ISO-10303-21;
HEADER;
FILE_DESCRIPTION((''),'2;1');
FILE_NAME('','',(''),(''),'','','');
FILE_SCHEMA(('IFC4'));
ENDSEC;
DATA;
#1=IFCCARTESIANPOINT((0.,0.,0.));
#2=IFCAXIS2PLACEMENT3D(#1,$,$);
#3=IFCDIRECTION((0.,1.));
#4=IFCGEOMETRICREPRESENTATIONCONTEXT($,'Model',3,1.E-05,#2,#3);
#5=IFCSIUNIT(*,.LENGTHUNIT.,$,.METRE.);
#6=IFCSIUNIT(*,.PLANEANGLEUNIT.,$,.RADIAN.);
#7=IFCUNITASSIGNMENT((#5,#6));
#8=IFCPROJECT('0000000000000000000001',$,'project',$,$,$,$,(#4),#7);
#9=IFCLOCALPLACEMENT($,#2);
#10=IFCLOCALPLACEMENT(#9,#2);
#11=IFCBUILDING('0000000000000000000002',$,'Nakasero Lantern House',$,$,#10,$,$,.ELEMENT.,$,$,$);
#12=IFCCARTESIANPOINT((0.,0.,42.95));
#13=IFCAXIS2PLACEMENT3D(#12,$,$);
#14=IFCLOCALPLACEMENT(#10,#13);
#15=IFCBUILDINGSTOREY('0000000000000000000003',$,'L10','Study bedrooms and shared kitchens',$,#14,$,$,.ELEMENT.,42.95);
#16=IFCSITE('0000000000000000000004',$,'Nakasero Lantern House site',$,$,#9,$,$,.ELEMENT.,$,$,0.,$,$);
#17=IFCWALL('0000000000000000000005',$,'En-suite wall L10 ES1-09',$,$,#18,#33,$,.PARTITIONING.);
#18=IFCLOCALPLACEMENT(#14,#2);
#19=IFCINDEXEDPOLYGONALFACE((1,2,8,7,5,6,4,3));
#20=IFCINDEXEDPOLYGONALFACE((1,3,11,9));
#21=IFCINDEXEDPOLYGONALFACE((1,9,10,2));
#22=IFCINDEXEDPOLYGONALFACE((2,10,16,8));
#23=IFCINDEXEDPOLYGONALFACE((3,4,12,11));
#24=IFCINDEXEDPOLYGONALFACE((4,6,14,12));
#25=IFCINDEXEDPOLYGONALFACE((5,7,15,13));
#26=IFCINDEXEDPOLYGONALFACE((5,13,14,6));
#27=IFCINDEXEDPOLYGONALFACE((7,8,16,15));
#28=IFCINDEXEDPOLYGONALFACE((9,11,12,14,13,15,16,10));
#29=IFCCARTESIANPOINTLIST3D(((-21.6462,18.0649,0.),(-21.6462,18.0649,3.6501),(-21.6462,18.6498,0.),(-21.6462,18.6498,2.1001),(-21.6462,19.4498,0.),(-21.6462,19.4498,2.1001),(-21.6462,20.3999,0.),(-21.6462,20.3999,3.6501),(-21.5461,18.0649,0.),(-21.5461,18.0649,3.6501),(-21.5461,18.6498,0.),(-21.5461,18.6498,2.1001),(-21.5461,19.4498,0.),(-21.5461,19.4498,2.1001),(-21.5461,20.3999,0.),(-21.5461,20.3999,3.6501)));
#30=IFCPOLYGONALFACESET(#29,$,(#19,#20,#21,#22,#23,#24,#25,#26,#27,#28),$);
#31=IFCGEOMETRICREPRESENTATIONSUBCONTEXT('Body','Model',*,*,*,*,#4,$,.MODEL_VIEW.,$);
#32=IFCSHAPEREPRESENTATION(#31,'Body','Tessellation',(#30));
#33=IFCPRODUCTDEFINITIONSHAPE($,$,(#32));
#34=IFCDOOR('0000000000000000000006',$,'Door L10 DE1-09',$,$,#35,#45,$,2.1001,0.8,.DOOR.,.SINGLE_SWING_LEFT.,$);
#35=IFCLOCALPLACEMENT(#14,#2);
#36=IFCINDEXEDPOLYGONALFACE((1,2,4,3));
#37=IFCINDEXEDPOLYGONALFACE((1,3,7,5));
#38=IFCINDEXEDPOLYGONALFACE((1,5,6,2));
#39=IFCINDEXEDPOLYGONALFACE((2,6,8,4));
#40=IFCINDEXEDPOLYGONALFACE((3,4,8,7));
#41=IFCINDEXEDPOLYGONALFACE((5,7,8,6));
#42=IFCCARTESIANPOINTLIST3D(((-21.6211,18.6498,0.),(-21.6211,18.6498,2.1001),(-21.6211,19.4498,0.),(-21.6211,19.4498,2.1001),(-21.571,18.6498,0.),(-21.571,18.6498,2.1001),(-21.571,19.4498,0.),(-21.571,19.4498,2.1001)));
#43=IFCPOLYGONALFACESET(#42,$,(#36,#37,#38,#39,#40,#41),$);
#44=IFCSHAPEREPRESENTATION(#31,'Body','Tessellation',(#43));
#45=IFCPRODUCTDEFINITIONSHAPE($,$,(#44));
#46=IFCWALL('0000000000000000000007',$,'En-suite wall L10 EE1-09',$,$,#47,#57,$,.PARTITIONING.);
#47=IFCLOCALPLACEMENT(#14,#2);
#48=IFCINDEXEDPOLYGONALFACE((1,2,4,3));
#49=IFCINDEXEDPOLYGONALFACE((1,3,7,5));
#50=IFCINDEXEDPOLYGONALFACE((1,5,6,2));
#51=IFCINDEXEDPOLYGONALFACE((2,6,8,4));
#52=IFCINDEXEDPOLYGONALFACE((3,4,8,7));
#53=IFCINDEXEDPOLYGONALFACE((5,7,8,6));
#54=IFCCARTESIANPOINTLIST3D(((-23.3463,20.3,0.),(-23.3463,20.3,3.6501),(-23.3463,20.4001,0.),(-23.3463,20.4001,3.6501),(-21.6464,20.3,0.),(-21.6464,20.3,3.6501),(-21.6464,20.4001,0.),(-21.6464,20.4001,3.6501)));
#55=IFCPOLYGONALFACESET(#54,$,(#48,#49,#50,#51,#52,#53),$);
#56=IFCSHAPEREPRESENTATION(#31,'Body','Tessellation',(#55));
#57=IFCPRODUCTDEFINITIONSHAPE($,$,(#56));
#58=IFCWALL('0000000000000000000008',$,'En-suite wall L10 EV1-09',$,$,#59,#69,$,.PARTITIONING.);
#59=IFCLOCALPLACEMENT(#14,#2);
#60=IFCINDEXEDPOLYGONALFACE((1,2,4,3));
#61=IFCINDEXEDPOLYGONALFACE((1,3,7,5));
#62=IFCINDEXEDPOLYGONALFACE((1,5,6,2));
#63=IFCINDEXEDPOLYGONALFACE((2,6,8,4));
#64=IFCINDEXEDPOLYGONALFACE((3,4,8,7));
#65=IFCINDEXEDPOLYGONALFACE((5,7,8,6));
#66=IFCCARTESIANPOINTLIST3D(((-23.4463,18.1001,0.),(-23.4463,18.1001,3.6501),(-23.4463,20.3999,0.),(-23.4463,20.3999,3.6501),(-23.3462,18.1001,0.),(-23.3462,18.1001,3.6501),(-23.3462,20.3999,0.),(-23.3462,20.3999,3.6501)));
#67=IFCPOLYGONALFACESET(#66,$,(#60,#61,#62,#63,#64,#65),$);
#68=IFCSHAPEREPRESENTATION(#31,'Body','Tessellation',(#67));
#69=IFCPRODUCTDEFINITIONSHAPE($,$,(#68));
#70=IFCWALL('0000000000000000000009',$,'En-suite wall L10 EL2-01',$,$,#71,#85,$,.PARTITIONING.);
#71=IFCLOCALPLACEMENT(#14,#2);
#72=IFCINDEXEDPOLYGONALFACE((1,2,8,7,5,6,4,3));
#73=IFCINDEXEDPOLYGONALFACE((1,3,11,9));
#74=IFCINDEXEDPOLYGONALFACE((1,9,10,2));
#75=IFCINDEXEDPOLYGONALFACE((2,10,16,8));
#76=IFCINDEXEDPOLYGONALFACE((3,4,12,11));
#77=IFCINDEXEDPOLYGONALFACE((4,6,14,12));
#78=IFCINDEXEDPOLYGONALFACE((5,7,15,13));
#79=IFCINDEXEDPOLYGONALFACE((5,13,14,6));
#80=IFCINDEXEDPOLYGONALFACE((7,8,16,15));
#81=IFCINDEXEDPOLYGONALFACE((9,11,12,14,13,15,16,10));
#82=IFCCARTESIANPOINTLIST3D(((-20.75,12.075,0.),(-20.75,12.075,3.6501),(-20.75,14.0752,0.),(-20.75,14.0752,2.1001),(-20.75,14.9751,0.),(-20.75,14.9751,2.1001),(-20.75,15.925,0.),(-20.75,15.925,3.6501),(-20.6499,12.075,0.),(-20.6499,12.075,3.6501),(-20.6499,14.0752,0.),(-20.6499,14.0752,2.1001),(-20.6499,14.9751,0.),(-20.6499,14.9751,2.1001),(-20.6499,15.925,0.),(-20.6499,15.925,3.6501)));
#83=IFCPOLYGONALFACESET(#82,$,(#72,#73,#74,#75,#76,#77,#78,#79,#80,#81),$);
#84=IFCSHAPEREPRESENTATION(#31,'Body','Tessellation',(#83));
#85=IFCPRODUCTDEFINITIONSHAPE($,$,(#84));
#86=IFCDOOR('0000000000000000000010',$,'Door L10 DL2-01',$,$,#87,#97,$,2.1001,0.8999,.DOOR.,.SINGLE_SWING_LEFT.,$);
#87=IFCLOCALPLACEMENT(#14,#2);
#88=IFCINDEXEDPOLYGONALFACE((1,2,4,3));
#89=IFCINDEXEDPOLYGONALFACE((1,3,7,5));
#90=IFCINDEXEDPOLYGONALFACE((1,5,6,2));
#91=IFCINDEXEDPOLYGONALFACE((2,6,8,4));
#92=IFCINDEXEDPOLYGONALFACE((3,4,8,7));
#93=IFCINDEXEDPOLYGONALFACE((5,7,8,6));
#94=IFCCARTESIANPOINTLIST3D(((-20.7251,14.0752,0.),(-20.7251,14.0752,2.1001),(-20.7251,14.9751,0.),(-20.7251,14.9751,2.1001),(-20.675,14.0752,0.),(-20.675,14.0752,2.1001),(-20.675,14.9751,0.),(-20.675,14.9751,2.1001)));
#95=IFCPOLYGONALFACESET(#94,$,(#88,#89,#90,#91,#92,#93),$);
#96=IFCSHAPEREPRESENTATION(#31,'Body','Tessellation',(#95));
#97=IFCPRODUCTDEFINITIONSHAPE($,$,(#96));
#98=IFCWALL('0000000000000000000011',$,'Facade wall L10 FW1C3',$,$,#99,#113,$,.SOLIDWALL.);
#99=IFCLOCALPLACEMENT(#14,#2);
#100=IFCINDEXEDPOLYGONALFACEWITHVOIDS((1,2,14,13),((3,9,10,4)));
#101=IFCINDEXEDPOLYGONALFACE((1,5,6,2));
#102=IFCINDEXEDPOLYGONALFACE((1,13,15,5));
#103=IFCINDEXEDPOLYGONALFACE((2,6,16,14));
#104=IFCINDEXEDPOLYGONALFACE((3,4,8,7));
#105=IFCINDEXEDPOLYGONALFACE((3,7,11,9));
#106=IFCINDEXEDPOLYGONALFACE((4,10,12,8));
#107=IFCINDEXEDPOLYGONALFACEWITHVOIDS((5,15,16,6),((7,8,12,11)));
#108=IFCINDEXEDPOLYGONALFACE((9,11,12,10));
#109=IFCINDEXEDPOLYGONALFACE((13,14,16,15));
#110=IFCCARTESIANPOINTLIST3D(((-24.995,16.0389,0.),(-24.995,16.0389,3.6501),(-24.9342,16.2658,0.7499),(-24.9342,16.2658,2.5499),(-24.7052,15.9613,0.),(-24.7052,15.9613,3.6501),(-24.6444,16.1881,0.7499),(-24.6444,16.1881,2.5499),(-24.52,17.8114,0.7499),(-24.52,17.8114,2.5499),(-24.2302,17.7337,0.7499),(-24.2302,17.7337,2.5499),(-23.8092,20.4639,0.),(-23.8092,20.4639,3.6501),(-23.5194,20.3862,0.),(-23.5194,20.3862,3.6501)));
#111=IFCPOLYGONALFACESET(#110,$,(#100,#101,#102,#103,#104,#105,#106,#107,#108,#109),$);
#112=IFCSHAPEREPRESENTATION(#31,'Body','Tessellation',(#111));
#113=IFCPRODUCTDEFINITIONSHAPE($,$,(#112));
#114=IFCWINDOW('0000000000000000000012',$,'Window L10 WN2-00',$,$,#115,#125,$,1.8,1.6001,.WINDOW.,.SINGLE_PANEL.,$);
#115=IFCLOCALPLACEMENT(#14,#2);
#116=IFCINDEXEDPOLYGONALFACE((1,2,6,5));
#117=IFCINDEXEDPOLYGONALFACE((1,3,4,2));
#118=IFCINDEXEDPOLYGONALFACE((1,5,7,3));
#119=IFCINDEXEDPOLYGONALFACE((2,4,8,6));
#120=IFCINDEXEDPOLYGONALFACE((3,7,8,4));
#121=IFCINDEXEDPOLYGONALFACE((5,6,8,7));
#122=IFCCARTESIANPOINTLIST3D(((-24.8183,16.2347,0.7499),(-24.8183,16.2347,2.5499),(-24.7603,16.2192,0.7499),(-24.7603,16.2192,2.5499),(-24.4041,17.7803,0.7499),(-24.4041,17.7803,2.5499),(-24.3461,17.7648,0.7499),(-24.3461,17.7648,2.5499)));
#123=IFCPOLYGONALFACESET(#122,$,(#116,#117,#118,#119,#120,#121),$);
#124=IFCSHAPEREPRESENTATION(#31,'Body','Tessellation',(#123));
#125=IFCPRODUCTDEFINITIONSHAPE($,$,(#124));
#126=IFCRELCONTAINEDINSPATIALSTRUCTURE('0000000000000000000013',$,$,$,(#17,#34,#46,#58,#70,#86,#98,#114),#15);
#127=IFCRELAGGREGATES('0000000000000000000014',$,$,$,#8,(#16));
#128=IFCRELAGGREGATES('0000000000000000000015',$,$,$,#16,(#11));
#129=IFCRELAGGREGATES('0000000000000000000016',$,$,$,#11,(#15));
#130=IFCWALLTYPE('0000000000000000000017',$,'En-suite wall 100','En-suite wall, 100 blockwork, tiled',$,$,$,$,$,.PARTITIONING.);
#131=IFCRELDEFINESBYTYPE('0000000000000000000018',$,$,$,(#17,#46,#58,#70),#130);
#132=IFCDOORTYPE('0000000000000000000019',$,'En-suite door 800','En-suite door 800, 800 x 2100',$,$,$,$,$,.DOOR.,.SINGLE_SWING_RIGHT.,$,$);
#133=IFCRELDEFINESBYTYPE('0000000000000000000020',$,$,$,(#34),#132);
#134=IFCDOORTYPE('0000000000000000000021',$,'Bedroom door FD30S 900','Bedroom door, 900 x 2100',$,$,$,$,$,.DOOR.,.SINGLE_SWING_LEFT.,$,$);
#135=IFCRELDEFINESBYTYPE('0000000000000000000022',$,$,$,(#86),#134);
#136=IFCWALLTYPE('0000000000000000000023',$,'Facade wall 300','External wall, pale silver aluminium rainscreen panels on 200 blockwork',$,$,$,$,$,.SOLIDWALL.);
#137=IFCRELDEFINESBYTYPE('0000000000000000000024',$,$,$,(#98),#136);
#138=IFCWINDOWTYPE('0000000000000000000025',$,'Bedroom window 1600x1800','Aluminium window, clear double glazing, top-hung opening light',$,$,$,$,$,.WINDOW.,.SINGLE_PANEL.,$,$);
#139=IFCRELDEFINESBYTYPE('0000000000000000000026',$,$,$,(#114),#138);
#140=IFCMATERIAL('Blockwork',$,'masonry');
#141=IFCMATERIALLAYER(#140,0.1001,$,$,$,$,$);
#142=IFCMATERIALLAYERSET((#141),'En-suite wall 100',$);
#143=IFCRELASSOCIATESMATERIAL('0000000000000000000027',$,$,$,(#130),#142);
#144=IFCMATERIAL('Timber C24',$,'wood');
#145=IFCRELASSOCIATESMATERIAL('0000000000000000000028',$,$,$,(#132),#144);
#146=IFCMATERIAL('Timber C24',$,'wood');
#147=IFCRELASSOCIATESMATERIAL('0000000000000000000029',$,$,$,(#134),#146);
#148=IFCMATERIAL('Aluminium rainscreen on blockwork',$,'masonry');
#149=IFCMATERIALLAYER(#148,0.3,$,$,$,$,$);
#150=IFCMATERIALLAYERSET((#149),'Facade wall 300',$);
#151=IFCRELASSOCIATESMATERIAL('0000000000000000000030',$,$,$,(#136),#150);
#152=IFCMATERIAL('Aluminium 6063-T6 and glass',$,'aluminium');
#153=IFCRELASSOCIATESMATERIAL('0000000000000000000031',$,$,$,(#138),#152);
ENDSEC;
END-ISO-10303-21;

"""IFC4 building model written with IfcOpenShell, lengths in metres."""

from ifc_helpers import new_model, si_unit, direction, frame, frame_2d, origin, place, context, subcontext, project, spatial, rectangle, extrude, material, layer, layer_set, type_object, element, fill, save


model = new_model("IFC4")

# Units and contexts
model_context = context("Model", 3, precision=1e-05, world=origin(), true_north=direction((0.0, 1.0)))
body_context = subcontext(model_context, "Body", "Model", "MODEL_VIEW")
ifc_project = project(units=[si_unit("LENGTHUNIT", "METRE"), si_unit("PLANEANGLEUNIT", "RADIAN")], contexts=[model_context])

# Site, building, storey
site_placement = place(None, origin())
site = spatial("IfcSite", under=ifc_project, at=site_placement, Name="Nakasero Lantern House site", CompositionType="ELEMENT", RefElevation=0.0)
building_placement = place(site_placement, origin())
building = spatial("IfcBuilding", under=site, at=building_placement, Name="Nakasero Lantern House", CompositionType="ELEMENT")
storey_placement = place(building_placement, frame((0.0, 0.0, 42.95)))
storey = spatial("IfcBuildingStorey", under=building, at=storey_placement, Name="L10", Description="Study bedrooms and shared kitchens", CompositionType="ELEMENT", Elevation=42.95)

# Wall, opening, door
ifc_material_1 = material(Name="Blockwork", Category="masonry")
ifc_layer_1 = layer(ifc_material_1, 0.1001)
ifc_layer_set_1 = layer_set([ifc_layer_1], Name="En-suite wall 100")
wall_type_1 = type_object("IfcWallType", Name="En-suite wall 100", Description="En-suite wall, 100 blockwork, tiled", PredefinedType="PARTITIONING", material=ifc_layer_set_1)
wall_1_placement = place(storey_placement, frame((-21.5962, 18.0649, 0.0), z_axis=(0.0, 0.0, 1.0), x_axis=(0.0, 1.0, 0.0)))
wall_1 = element("IfcWall", 1, at=wall_1_placement, inside=storey, type_object=wall_type_1, Name="En-suite wall L10 ES1-09", PredefinedType="PARTITIONING", context=body_context, shape_type="SweptSolid", body=[
    extrude(rectangle(XDim=2.335, YDim=0.1001, at=frame_2d((1.1675, 0.0))), origin(), (0.0, 0.0, 1.0), 3.6501),
])
opening_1_placement = place(wall_1_placement, frame((0.585, 0.0, 0.0)))
opening_1 = element("IfcOpeningElement", 2, at=opening_1_placement, cuts=wall_1, PredefinedType="OPENING", context=body_context, shape_type="SweptSolid", body=[
    extrude(rectangle(XDim=0.8, YDim=2.1001, at=frame_2d((0.3999, 1.05))), frame((0.0, 0.0701, 0.0), z_axis=(0.0, -1.0, 0.0), x_axis=(1.0, 0.0, 0.0)), (0.0, 0.0, 1.0), 0.1401),
])
ifc_material_2 = material(Name="Timber C24", Category="wood")
door_type_1 = type_object("IfcDoorType", Name="En-suite door 800", Description="En-suite door 800, 800 x 2100", OperationType="SINGLE_SWING_RIGHT", PredefinedType="DOOR", material=ifc_material_2)
door_1_placement = place(opening_1_placement, origin())
door_1 = element("IfcDoor", 3, at=door_1_placement, inside=storey, type_object=door_type_1, Name="Door L10 DE1-09", OperationType="SINGLE_SWING_LEFT", OverallHeight=2.1001, OverallWidth=0.8, PredefinedType="DOOR", context=body_context, shape_type="SweptSolid", body=[
    extrude(rectangle(XDim=0.8, YDim=2.1001, at=frame_2d((0.3999, 1.05))), frame((0.0, 0.0249, 0.0), z_axis=(0.0, -1.0, 0.0), x_axis=(1.0, 0.0, 0.0)), (0.0, 0.0, 1.0), 0.05),
])
fill(opening_1, door_1)

# Walls
wall_2_placement = place(storey_placement, frame((-21.6462, 20.3501, 0.0), z_axis=(0.0, 0.0, 1.0), x_axis=(-1.0, 0.0, 0.0)))
element("IfcWall", 4, at=wall_2_placement, inside=storey, type_object=wall_type_1, Name="En-suite wall L10 EE1-09", PredefinedType="PARTITIONING", context=body_context, shape_type="SweptSolid", body=[
    extrude(rectangle(XDim=1.7, YDim=0.1001, at=frame_2d((0.8501, 0.0))), origin(), (0.0, 0.0, 1.0), 3.6501),
])
wall_3_placement = place(storey_placement, frame((-23.3962, 18.1001, 0.0), z_axis=(0.0, 0.0, 1.0), x_axis=(0.0, 1.0, 0.0)))
element("IfcWall", 5, at=wall_3_placement, inside=storey, type_object=wall_type_1, Name="En-suite wall L10 EV1-09", PredefinedType="PARTITIONING", context=body_context, shape_type="SweptSolid", body=[
    extrude(rectangle(XDim=2.2998, YDim=0.1001, at=frame_2d((1.1499, 0.0))), origin(), (0.0, 0.0, 1.0), 3.6501),
])

# Wall, opening, door
wall_4_placement = place(storey_placement, frame((-20.7, 15.925, 0.0), z_axis=(0.0, 0.0, 1.0), x_axis=(0.0, -1.0, 0.0)))
wall_4 = element("IfcWall", 6, at=wall_4_placement, inside=storey, type_object=wall_type_1, Name="En-suite wall L10 EL2-01", PredefinedType="PARTITIONING", context=body_context, shape_type="SweptSolid", body=[
    extrude(rectangle(XDim=3.8501, YDim=0.1001, at=frame_2d((1.925, 0.0))), origin(), (0.0, 0.0, 1.0), 3.6501),
])
opening_2_placement = place(wall_4_placement, frame((0.95, 0.0, 0.0)))
opening_2 = element("IfcOpeningElement", 7, at=opening_2_placement, cuts=wall_4, PredefinedType="OPENING", context=body_context, shape_type="SweptSolid", body=[
    extrude(rectangle(XDim=0.8999, YDim=2.1001, at=frame_2d((0.45, 1.05))), frame((0.0, 0.0701, 0.0), z_axis=(0.0, -1.0, 0.0), x_axis=(1.0, 0.0, 0.0)), (0.0, 0.0, 1.0), 0.1401),
])
ifc_material_3 = material(Name="Timber C24", Category="wood")
door_type_2 = type_object("IfcDoorType", Name="Bedroom door FD30S 900", Description="Bedroom door, 900 x 2100", OperationType="SINGLE_SWING_LEFT", PredefinedType="DOOR", material=ifc_material_3)
door_2_placement = place(opening_2_placement, origin())
door_2 = element("IfcDoor", 8, at=door_2_placement, inside=storey, type_object=door_type_2, Name="Door L10 DL2-01", OperationType="SINGLE_SWING_LEFT", OverallHeight=2.1001, OverallWidth=0.8999, PredefinedType="DOOR", context=body_context, shape_type="SweptSolid", body=[
    extrude(rectangle(XDim=0.8999, YDim=2.1001, at=frame_2d((0.45, 1.05))), frame((0.0, 0.0249, 0.0), z_axis=(0.0, -1.0, 0.0), x_axis=(1.0, 0.0, 0.0)), (0.0, 0.0, 1.0), 0.05),
])
fill(opening_2, door_2)

# Wall, opening, window
ifc_material_4 = material(Name="Aluminium rainscreen on blockwork", Category="masonry")
ifc_layer_2 = layer(ifc_material_4, 0.3)
ifc_layer_set_2 = layer_set([ifc_layer_2], Name="Facade wall 300")
wall_type_2 = type_object("IfcWallType", Name="Facade wall 300", Description="External wall, pale silver aluminium rainscreen panels on 200 blockwork", PredefinedType="SOLIDWALL", material=ifc_layer_set_2)
wall_5_placement = place(storey_placement, frame((-23.6643, 20.425, 0.0), z_axis=(0.0, 0.0, 1.0), x_axis=(-0.25884, -0.96592, 0.0)))
wall_5 = element("IfcWall", 9, at=wall_5_placement, inside=storey, type_object=wall_type_2, Name="Facade wall L10 FW1C3", PredefinedType="SOLIDWALL", context=body_context, shape_type="SweptSolid", body=[
    extrude(rectangle(XDim=4.5811, YDim=0.3, at=frame_2d((2.2905, 0.0))), origin(), (0.0, 0.0, 1.0), 3.6501),
])
opening_3_placement = place(wall_5_placement, frame((2.7461, 0.0, 0.75)))
opening_3 = element("IfcOpeningElement", 10, at=opening_3_placement, cuts=wall_5, PredefinedType="OPENING", context=body_context, shape_type="SweptSolid", body=[
    extrude(rectangle(XDim=1.6001, YDim=1.8, at=frame_2d((0.8, 0.8999))), frame((0.0, 0.1699, 0.0), z_axis=(0.0, -1.0, 0.0), x_axis=(1.0, 0.0, 0.0)), (0.0, 0.0, 1.0), 0.3401),
])
ifc_material_5 = material(Name="Aluminium 6063-T6 and glass", Category="aluminium")
window_type_1 = type_object("IfcWindowType", Name="Bedroom window 1600x1800", Description="Aluminium window, clear double glazing, top-hung opening light", PartitioningType="SINGLE_PANEL", PredefinedType="WINDOW", material=ifc_material_5)
window_1_placement = place(opening_3_placement, origin())
window_1 = element("IfcWindow", 11, at=window_1_placement, inside=storey, type_object=window_type_1, Name="Window L10 WN2-00", OverallHeight=1.8, OverallWidth=1.6001, PartitioningType="SINGLE_PANEL", PredefinedType="WINDOW", context=body_context, shape_type="SweptSolid", body=[
    extrude(rectangle(XDim=1.6001, YDim=1.8, at=frame_2d((0.8, 0.8999))), frame((0.0, 0.03, 0.0), z_axis=(0.0, -1.0, 0.0), x_axis=(1.0, 0.0, 0.0)), (0.0, 0.0, 1.0), 0.0601),
])
fill(opening_3, window_1)

save(model, "model.ifc")
